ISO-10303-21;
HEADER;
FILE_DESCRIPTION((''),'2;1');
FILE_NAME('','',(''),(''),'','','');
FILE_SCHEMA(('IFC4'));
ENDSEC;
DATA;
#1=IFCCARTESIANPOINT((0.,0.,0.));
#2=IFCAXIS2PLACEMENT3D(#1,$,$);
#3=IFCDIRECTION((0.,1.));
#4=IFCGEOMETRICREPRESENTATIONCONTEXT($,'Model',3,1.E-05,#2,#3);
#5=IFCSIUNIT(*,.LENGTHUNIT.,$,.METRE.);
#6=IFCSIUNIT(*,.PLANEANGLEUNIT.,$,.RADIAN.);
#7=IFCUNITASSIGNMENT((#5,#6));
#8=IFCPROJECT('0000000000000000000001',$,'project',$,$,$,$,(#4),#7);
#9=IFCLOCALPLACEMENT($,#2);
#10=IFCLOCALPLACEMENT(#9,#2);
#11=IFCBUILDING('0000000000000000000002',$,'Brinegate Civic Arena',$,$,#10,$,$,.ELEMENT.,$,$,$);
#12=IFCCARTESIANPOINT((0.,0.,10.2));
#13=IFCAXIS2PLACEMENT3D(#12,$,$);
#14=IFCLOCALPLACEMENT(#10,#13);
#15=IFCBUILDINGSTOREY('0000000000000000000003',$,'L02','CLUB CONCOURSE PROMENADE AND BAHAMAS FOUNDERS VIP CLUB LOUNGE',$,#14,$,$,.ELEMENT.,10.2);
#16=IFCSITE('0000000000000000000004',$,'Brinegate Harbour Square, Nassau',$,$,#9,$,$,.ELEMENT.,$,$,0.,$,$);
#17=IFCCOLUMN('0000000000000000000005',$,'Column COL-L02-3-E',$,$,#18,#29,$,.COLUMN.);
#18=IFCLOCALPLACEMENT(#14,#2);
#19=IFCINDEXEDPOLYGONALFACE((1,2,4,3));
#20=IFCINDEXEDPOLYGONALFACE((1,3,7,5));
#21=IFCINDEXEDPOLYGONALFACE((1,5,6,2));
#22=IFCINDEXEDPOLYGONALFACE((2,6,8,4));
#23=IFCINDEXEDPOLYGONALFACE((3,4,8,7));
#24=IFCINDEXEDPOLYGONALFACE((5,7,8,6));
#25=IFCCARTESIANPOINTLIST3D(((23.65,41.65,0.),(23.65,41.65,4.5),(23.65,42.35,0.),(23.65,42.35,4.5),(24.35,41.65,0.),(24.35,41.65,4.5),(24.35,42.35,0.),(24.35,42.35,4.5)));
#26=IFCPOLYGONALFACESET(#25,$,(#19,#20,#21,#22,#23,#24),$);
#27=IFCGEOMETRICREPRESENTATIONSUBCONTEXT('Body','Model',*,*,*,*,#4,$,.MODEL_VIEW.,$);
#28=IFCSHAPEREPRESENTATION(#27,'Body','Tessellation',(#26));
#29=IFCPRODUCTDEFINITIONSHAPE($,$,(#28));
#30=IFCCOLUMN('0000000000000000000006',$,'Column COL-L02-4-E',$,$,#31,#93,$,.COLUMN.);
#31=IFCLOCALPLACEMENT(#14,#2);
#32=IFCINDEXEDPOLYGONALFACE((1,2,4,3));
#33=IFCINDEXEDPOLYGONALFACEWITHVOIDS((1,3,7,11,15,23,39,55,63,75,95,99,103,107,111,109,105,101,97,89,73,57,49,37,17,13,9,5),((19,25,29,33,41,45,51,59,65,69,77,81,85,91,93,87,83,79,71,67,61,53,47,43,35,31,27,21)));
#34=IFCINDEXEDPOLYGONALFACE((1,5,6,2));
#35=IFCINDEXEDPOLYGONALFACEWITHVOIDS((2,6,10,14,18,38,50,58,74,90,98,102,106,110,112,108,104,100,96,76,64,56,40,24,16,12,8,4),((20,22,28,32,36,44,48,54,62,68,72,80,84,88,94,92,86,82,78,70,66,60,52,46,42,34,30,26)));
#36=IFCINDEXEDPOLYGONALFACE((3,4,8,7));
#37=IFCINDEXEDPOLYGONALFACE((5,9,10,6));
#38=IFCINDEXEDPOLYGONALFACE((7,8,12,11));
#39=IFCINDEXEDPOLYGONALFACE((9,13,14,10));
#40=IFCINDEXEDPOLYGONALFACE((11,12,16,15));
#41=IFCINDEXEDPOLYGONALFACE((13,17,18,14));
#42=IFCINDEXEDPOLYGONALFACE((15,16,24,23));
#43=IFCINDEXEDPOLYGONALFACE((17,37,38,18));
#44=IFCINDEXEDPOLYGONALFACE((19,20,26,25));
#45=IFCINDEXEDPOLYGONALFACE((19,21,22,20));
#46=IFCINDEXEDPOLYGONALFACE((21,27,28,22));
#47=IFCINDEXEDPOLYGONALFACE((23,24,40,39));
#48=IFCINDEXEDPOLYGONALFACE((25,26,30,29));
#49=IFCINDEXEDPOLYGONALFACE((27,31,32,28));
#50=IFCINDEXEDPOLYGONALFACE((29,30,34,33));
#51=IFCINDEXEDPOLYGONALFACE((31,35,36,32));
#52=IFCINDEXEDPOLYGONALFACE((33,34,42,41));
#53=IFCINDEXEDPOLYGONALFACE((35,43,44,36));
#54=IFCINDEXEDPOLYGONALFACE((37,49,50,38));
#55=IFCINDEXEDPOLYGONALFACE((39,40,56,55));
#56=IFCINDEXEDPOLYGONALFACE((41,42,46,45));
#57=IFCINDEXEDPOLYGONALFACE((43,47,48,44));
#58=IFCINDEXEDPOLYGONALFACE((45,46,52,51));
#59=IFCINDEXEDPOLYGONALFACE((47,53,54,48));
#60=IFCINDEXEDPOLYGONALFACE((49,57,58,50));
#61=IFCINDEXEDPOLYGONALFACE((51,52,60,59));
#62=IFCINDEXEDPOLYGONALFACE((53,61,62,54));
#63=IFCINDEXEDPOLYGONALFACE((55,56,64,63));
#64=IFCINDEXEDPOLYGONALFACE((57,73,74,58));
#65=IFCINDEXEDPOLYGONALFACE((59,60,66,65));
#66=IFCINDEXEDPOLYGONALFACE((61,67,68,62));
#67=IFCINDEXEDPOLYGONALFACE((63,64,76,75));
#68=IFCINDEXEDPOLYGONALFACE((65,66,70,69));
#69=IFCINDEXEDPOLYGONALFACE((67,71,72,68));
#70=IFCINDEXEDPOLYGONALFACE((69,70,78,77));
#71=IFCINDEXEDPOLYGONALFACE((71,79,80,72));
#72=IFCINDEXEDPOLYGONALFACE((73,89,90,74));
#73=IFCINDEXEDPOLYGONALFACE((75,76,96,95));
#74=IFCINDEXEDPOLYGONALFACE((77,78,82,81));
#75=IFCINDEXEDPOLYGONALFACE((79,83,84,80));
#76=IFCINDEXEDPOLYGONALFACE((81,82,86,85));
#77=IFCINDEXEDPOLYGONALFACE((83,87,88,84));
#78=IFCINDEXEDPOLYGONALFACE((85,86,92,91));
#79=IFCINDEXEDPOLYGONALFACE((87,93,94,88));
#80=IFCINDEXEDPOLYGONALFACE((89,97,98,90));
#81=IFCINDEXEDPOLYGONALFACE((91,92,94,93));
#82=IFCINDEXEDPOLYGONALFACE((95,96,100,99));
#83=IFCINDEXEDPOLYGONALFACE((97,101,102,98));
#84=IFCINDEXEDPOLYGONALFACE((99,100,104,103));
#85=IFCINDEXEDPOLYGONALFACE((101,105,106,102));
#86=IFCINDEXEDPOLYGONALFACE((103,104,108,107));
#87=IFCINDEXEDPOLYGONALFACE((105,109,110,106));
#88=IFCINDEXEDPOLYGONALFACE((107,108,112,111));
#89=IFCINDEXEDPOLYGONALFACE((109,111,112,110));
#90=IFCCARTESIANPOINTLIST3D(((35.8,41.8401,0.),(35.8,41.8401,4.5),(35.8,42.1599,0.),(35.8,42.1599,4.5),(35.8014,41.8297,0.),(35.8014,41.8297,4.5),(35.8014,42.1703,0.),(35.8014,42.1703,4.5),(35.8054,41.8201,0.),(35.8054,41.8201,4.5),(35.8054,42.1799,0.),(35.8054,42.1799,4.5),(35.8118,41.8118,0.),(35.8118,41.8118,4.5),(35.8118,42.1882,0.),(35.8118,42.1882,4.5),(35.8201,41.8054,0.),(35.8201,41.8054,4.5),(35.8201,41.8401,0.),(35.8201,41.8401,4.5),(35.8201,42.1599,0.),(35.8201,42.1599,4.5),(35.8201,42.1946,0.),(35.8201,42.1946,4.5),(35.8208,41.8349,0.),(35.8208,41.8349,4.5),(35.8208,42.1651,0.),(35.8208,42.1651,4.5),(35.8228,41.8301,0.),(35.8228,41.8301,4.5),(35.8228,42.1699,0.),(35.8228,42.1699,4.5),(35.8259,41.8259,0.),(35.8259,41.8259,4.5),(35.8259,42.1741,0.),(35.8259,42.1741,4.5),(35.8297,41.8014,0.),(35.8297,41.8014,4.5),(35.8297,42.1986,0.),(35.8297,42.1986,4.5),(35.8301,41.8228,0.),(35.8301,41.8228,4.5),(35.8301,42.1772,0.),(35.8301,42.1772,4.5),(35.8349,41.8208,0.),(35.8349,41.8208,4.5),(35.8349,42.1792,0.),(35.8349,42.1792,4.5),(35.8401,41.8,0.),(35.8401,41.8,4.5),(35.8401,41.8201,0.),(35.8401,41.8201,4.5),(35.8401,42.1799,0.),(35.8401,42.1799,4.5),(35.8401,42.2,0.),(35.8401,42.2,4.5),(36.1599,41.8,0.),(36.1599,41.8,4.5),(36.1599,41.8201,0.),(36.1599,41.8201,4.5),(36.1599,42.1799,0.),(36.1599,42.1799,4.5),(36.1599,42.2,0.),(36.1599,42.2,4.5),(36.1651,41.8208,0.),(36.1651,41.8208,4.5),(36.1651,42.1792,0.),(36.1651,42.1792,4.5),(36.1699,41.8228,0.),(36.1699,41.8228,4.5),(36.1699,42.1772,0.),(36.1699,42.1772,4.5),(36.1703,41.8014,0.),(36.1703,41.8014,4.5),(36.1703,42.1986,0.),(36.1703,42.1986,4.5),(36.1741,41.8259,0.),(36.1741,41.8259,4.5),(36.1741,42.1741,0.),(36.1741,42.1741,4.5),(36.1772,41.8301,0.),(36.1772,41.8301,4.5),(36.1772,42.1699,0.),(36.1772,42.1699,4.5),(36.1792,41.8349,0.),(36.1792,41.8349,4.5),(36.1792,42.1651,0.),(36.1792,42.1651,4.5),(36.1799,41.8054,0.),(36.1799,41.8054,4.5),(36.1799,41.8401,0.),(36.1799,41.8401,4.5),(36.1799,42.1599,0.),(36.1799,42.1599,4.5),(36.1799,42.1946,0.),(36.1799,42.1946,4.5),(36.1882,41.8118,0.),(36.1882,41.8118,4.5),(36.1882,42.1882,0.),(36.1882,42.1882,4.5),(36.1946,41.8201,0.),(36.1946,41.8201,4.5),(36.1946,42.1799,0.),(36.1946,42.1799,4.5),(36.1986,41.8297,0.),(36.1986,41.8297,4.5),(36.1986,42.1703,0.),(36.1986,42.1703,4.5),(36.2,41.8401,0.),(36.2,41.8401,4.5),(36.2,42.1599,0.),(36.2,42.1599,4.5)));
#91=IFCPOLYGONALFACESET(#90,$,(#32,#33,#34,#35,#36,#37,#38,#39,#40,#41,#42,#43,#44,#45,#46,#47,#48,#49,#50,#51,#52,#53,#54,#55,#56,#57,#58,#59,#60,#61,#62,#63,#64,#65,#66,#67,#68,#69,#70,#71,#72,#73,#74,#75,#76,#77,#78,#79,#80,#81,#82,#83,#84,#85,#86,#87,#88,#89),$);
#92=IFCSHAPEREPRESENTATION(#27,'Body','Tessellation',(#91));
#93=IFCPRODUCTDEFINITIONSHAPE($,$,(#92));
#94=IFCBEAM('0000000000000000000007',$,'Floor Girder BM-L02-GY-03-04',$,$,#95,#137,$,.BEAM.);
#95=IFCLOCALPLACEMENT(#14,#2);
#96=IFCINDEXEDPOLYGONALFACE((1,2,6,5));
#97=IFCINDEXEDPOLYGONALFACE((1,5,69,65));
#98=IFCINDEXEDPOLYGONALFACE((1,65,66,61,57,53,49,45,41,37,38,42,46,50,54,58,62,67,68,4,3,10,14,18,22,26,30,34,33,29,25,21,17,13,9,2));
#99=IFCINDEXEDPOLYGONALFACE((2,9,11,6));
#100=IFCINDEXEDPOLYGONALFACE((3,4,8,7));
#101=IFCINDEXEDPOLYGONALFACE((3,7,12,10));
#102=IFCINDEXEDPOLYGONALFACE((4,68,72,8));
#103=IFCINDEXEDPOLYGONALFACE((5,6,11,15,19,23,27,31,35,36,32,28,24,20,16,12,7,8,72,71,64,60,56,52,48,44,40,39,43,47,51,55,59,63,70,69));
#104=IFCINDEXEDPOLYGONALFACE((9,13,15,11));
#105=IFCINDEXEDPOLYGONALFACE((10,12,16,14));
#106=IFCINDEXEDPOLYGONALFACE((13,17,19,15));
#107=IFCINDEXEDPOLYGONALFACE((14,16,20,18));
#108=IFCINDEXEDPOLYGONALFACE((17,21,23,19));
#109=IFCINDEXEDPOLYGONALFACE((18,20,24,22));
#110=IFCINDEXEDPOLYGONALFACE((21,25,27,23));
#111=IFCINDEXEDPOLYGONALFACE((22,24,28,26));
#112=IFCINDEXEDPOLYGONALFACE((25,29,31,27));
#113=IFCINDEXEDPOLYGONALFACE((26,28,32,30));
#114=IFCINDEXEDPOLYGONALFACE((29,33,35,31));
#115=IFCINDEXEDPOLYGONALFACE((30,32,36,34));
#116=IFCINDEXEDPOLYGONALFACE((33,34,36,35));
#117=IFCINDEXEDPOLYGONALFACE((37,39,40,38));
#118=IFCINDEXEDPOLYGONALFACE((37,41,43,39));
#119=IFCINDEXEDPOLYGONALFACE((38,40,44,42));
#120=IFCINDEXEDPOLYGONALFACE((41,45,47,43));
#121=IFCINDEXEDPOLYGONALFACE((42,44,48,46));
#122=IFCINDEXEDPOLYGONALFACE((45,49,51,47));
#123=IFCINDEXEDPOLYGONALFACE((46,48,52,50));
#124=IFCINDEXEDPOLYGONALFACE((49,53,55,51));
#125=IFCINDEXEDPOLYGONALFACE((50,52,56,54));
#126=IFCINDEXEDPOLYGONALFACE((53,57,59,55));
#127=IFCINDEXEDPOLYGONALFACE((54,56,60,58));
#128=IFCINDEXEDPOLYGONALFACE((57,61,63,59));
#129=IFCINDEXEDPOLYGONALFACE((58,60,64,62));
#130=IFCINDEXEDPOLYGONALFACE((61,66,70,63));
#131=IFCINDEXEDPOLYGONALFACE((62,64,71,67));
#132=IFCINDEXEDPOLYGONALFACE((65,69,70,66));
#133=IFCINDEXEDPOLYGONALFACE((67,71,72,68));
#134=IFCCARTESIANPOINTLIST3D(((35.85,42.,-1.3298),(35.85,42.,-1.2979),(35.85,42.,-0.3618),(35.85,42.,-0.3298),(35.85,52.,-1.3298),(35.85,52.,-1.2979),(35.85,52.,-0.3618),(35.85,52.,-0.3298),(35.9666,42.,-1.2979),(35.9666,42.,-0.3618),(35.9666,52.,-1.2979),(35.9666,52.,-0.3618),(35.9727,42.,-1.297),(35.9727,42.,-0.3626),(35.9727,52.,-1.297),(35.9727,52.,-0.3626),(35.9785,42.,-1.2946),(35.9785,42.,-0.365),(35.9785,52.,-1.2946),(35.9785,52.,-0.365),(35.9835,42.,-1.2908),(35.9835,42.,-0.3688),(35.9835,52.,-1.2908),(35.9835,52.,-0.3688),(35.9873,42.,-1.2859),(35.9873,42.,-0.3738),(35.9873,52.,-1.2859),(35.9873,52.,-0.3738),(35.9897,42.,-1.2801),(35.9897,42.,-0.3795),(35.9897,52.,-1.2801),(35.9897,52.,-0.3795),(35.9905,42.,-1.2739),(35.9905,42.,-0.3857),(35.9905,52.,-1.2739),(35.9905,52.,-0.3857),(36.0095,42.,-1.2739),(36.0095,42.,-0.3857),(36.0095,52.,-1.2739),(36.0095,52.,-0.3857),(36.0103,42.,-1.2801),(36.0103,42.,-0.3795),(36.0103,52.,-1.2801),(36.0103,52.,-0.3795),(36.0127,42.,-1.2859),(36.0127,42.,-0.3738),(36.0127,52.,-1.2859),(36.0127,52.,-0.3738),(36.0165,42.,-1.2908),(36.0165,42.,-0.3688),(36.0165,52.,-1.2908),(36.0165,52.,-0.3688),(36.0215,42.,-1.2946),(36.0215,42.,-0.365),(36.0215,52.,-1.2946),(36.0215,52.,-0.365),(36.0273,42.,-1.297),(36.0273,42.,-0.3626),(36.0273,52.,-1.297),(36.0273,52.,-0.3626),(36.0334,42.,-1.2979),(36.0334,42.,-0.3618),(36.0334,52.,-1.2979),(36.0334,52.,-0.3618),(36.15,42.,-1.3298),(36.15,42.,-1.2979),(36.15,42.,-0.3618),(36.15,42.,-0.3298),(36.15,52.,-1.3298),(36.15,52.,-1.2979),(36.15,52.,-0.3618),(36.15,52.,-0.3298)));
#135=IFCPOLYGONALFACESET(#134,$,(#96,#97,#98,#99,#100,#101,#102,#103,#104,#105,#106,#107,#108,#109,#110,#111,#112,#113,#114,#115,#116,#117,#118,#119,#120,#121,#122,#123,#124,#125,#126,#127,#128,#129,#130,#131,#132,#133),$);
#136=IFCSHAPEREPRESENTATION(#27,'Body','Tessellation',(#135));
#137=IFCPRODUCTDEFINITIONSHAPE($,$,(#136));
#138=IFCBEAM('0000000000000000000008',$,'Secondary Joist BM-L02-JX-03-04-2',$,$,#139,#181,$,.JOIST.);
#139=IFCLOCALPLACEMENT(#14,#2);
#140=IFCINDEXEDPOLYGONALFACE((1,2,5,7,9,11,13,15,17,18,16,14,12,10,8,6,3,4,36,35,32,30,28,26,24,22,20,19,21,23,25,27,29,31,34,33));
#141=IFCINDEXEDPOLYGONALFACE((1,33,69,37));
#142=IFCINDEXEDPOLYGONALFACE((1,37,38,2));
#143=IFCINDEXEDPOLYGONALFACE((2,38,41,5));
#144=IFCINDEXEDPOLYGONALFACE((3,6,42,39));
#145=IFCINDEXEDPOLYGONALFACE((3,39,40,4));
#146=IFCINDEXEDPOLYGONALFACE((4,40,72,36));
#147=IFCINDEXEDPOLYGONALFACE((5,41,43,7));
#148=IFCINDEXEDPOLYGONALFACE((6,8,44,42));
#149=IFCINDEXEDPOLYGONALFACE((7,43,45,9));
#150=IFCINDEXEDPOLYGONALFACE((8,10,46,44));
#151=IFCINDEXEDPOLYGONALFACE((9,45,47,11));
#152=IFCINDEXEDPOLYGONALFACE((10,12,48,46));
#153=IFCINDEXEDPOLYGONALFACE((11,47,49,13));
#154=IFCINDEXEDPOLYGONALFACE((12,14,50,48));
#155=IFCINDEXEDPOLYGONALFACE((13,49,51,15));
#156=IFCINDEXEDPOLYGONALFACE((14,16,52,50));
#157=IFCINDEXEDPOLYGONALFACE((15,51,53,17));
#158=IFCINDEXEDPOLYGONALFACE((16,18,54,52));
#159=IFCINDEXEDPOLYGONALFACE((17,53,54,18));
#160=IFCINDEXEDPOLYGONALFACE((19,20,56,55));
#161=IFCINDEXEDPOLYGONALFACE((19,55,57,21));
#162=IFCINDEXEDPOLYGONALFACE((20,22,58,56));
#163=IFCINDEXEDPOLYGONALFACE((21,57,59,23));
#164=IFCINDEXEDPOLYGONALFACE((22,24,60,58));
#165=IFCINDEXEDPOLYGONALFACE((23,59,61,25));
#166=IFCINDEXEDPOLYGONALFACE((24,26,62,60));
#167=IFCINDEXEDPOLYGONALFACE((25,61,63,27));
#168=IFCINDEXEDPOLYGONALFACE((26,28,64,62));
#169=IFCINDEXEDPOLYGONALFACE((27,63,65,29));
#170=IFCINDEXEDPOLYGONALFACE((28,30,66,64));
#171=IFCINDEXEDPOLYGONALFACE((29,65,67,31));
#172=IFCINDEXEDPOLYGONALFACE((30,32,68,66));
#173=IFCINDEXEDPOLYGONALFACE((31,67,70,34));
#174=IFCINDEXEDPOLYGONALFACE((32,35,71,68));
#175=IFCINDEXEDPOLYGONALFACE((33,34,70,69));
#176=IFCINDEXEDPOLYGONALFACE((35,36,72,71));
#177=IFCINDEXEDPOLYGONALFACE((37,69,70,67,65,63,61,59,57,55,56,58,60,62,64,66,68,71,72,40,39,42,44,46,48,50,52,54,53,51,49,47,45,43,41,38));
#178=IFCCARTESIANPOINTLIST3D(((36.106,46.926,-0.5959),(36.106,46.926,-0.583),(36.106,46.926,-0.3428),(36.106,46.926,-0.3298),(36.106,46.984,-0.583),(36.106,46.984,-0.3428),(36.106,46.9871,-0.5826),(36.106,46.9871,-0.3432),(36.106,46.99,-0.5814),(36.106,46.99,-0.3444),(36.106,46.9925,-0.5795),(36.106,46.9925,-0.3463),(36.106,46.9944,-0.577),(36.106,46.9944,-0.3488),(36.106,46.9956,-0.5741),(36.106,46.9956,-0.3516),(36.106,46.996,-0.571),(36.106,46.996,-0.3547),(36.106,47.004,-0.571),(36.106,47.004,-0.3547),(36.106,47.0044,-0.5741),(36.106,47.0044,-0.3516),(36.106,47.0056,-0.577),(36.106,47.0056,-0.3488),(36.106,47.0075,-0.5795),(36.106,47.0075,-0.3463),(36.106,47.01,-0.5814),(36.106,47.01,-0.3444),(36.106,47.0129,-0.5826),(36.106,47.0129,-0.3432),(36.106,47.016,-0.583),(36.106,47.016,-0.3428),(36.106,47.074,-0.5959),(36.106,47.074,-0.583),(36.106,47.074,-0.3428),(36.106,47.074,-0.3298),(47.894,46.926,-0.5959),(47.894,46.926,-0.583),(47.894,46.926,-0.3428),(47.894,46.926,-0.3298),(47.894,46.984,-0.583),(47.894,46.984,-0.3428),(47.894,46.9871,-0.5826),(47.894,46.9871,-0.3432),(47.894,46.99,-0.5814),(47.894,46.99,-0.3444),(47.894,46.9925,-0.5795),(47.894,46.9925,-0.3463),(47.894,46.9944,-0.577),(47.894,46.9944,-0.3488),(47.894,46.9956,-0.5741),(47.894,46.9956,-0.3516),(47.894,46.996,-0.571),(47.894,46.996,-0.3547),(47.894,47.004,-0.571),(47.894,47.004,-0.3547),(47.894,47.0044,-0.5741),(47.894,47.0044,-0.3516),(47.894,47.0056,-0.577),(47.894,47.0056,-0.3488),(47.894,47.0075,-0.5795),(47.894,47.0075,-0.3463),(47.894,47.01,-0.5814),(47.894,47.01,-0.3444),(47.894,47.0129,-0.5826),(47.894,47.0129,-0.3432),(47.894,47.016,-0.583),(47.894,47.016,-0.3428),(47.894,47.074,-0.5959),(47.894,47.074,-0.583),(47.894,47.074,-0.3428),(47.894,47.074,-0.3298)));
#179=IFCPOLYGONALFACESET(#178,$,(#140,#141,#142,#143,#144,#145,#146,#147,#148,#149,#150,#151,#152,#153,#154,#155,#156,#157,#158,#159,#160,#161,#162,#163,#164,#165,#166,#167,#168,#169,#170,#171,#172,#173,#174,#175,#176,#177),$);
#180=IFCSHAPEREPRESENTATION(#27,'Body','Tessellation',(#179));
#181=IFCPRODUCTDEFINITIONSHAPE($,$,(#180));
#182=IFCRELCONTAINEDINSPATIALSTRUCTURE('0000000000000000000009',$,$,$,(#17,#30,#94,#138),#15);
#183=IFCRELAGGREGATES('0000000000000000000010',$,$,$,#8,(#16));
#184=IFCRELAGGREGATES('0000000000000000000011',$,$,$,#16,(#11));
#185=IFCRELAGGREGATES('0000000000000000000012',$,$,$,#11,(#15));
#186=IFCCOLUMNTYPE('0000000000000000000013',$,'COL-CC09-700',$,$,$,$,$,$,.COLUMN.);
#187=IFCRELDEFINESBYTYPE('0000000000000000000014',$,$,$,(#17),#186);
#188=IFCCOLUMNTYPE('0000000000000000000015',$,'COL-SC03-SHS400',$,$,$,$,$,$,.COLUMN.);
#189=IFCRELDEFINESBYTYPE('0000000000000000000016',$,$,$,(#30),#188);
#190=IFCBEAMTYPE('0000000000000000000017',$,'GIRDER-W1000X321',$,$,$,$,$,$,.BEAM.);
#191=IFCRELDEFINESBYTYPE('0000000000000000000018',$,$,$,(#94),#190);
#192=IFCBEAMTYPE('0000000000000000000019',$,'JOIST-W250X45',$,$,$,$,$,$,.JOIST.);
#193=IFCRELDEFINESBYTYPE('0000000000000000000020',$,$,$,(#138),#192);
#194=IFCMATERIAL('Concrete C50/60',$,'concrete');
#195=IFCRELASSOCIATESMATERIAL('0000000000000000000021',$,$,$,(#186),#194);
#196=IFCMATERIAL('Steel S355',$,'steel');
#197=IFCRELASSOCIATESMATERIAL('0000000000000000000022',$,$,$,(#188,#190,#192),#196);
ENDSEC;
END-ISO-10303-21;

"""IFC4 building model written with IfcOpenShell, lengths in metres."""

from ifc_helpers import new_model, si_unit, direction, frame, origin, origin_2d, place, context, subcontext, project, spatial, rectangle, hollow_rectangle, i_section, extrude, material, material_profile, profile_set, type_object, element, save


model = new_model("IFC4")

# Units and contexts
model_context = context("Model", 3, precision=1e-05, world=origin(), true_north=direction((0.0, 1.0)))
body_context = subcontext(model_context, "Body", "Model", "MODEL_VIEW")
ifc_project = project(units=[si_unit("LENGTHUNIT", "METRE"), si_unit("PLANEANGLEUNIT", "RADIAN")], contexts=[model_context])

# Site, building, storey
site_placement = place(None, origin())
site = spatial("IfcSite", under=ifc_project, at=site_placement, Name="Brinegate Harbour Square, Nassau", CompositionType="ELEMENT", RefElevation=0.0)
building_placement = place(site_placement, origin())
building = spatial("IfcBuilding", under=site, at=building_placement, Name="Brinegate Civic Arena", CompositionType="ELEMENT")
storey_placement = place(building_placement, frame((0.0, 0.0, 10.2)))
storey = spatial("IfcBuildingStorey", under=building, at=storey_placement, Name="L02", Description="CLUB CONCOURSE PROMENADE AND BAHAMAS FOUNDERS VIP CLUB LOUNGE", CompositionType="ELEMENT", Elevation=10.2)

# Columns
ifc_material_1 = material(Name="Concrete C50/60", Category="concrete")
ifc_material_profile_1 = material_profile(ifc_material_1, rectangle(XDim=0.7, YDim=0.7, at=origin_2d()), Name="RC700X700")
ifc_profile_set_1 = profile_set([ifc_material_profile_1], Name="Concrete C50/60")
column_type_1 = type_object("IfcColumnType", Name="COL-CC09-700", PredefinedType="COLUMN", material=ifc_profile_set_1)
column_1_placement = place(storey_placement, frame((24.0, 42.0, 0.0), z_axis=(0.0, 0.0, 1.0), x_axis=(1.0, 0.0, 0.0)))
element("IfcColumn", 1, at=column_1_placement, inside=storey, type_object=column_type_1, Name="Column COL-L02-3-E", PredefinedType="COLUMN", context=body_context, shape_type="SweptSolid", body=[
    extrude(rectangle(XDim=0.7, YDim=0.7, at=origin_2d()), origin(), (0.0, 0.0, 1.0), 4.5),
])
ifc_material_2 = material(Name="Steel S355", Category="steel")
ifc_material_profile_2 = material_profile(ifc_material_2, hollow_rectangle(XDim=0.3999, YDim=0.3999, WallThickness=0.02, InnerFilletRadius=0.02, OuterFilletRadius=0.04, at=origin_2d()), Name="SHS400X20")
ifc_profile_set_2 = profile_set([ifc_material_profile_2], Name="Steel S355")
column_type_2 = type_object("IfcColumnType", Name="COL-SC03-SHS400", PredefinedType="COLUMN", material=ifc_profile_set_2)
column_2_placement = place(storey_placement, frame((36.0, 42.0, 0.0), z_axis=(0.0, 0.0, 1.0), x_axis=(1.0, 0.0, 0.0)))
element("IfcColumn", 2, at=column_2_placement, inside=storey, type_object=column_type_2, Name="Column COL-L02-4-E", PredefinedType="COLUMN", context=body_context, shape_type="SweptSolid", body=[
    extrude(hollow_rectangle(XDim=0.3999, YDim=0.3999, WallThickness=0.02, InnerFilletRadius=0.02, OuterFilletRadius=0.04, at=origin_2d()), origin(), (0.0, 0.0, 1.0), 4.5),
])

# Beams
ifc_material_profile_3 = material_profile(ifc_material_2, i_section(OverallWidth=0.3, OverallDepth=1.0, WebThickness=0.019, FlangeThickness=0.032, FilletRadius=0.0239, at=origin_2d()), Name="W1000X321")
ifc_profile_set_3 = profile_set([ifc_material_profile_3], Name="Steel S355")
beam_type_1 = type_object("IfcBeamType", Name="GIRDER-W1000X321", PredefinedType="BEAM", material=ifc_profile_set_3)
beam_1_placement = place(storey_placement, frame((36.0, 42.0, -0.8298), z_axis=(0.0, 1.0, 0.0), x_axis=(-1.0, 0.0, 0.0)))
element("IfcBeam", 3, at=beam_1_placement, inside=storey, type_object=beam_type_1, Name="Floor Girder BM-L02-GY-03-04", PredefinedType="BEAM", context=body_context, shape_type="SweptSolid", body=[
    extrude(i_section(OverallWidth=0.3, OverallDepth=1.0, WebThickness=0.019, FlangeThickness=0.032, FilletRadius=0.0239, at=origin_2d()), origin(), (0.0, 0.0, 1.0), 10.0),
])
ifc_material_profile_4 = material_profile(ifc_material_2, i_section(OverallWidth=0.1479, OverallDepth=0.2661, WebThickness=0.0081, FlangeThickness=0.0129, FilletRadius=0.012, at=origin_2d()), Name="W250X45")
ifc_profile_set_4 = profile_set([ifc_material_profile_4], Name="Steel S355")
beam_type_2 = type_object("IfcBeamType", Name="JOIST-W250X45", PredefinedType="JOIST", material=ifc_profile_set_4)
beam_2_placement = place(storey_placement, frame((36.106, 47.0, -0.4629), z_axis=(1.0, 0.0, 0.0), x_axis=(0.0, 1.0, 0.0)))
element("IfcBeam", 4, at=beam_2_placement, inside=storey, type_object=beam_type_2, Name="Secondary Joist BM-L02-JX-03-04-2", PredefinedType="JOIST", context=body_context, shape_type="SweptSolid", body=[
    extrude(i_section(OverallWidth=0.1479, OverallDepth=0.2661, WebThickness=0.0081, FlangeThickness=0.0129, FilletRadius=0.012, at=origin_2d()), origin(), (0.0, 0.0, 1.0), 11.7881),
])

save(model, "model.ifc")
